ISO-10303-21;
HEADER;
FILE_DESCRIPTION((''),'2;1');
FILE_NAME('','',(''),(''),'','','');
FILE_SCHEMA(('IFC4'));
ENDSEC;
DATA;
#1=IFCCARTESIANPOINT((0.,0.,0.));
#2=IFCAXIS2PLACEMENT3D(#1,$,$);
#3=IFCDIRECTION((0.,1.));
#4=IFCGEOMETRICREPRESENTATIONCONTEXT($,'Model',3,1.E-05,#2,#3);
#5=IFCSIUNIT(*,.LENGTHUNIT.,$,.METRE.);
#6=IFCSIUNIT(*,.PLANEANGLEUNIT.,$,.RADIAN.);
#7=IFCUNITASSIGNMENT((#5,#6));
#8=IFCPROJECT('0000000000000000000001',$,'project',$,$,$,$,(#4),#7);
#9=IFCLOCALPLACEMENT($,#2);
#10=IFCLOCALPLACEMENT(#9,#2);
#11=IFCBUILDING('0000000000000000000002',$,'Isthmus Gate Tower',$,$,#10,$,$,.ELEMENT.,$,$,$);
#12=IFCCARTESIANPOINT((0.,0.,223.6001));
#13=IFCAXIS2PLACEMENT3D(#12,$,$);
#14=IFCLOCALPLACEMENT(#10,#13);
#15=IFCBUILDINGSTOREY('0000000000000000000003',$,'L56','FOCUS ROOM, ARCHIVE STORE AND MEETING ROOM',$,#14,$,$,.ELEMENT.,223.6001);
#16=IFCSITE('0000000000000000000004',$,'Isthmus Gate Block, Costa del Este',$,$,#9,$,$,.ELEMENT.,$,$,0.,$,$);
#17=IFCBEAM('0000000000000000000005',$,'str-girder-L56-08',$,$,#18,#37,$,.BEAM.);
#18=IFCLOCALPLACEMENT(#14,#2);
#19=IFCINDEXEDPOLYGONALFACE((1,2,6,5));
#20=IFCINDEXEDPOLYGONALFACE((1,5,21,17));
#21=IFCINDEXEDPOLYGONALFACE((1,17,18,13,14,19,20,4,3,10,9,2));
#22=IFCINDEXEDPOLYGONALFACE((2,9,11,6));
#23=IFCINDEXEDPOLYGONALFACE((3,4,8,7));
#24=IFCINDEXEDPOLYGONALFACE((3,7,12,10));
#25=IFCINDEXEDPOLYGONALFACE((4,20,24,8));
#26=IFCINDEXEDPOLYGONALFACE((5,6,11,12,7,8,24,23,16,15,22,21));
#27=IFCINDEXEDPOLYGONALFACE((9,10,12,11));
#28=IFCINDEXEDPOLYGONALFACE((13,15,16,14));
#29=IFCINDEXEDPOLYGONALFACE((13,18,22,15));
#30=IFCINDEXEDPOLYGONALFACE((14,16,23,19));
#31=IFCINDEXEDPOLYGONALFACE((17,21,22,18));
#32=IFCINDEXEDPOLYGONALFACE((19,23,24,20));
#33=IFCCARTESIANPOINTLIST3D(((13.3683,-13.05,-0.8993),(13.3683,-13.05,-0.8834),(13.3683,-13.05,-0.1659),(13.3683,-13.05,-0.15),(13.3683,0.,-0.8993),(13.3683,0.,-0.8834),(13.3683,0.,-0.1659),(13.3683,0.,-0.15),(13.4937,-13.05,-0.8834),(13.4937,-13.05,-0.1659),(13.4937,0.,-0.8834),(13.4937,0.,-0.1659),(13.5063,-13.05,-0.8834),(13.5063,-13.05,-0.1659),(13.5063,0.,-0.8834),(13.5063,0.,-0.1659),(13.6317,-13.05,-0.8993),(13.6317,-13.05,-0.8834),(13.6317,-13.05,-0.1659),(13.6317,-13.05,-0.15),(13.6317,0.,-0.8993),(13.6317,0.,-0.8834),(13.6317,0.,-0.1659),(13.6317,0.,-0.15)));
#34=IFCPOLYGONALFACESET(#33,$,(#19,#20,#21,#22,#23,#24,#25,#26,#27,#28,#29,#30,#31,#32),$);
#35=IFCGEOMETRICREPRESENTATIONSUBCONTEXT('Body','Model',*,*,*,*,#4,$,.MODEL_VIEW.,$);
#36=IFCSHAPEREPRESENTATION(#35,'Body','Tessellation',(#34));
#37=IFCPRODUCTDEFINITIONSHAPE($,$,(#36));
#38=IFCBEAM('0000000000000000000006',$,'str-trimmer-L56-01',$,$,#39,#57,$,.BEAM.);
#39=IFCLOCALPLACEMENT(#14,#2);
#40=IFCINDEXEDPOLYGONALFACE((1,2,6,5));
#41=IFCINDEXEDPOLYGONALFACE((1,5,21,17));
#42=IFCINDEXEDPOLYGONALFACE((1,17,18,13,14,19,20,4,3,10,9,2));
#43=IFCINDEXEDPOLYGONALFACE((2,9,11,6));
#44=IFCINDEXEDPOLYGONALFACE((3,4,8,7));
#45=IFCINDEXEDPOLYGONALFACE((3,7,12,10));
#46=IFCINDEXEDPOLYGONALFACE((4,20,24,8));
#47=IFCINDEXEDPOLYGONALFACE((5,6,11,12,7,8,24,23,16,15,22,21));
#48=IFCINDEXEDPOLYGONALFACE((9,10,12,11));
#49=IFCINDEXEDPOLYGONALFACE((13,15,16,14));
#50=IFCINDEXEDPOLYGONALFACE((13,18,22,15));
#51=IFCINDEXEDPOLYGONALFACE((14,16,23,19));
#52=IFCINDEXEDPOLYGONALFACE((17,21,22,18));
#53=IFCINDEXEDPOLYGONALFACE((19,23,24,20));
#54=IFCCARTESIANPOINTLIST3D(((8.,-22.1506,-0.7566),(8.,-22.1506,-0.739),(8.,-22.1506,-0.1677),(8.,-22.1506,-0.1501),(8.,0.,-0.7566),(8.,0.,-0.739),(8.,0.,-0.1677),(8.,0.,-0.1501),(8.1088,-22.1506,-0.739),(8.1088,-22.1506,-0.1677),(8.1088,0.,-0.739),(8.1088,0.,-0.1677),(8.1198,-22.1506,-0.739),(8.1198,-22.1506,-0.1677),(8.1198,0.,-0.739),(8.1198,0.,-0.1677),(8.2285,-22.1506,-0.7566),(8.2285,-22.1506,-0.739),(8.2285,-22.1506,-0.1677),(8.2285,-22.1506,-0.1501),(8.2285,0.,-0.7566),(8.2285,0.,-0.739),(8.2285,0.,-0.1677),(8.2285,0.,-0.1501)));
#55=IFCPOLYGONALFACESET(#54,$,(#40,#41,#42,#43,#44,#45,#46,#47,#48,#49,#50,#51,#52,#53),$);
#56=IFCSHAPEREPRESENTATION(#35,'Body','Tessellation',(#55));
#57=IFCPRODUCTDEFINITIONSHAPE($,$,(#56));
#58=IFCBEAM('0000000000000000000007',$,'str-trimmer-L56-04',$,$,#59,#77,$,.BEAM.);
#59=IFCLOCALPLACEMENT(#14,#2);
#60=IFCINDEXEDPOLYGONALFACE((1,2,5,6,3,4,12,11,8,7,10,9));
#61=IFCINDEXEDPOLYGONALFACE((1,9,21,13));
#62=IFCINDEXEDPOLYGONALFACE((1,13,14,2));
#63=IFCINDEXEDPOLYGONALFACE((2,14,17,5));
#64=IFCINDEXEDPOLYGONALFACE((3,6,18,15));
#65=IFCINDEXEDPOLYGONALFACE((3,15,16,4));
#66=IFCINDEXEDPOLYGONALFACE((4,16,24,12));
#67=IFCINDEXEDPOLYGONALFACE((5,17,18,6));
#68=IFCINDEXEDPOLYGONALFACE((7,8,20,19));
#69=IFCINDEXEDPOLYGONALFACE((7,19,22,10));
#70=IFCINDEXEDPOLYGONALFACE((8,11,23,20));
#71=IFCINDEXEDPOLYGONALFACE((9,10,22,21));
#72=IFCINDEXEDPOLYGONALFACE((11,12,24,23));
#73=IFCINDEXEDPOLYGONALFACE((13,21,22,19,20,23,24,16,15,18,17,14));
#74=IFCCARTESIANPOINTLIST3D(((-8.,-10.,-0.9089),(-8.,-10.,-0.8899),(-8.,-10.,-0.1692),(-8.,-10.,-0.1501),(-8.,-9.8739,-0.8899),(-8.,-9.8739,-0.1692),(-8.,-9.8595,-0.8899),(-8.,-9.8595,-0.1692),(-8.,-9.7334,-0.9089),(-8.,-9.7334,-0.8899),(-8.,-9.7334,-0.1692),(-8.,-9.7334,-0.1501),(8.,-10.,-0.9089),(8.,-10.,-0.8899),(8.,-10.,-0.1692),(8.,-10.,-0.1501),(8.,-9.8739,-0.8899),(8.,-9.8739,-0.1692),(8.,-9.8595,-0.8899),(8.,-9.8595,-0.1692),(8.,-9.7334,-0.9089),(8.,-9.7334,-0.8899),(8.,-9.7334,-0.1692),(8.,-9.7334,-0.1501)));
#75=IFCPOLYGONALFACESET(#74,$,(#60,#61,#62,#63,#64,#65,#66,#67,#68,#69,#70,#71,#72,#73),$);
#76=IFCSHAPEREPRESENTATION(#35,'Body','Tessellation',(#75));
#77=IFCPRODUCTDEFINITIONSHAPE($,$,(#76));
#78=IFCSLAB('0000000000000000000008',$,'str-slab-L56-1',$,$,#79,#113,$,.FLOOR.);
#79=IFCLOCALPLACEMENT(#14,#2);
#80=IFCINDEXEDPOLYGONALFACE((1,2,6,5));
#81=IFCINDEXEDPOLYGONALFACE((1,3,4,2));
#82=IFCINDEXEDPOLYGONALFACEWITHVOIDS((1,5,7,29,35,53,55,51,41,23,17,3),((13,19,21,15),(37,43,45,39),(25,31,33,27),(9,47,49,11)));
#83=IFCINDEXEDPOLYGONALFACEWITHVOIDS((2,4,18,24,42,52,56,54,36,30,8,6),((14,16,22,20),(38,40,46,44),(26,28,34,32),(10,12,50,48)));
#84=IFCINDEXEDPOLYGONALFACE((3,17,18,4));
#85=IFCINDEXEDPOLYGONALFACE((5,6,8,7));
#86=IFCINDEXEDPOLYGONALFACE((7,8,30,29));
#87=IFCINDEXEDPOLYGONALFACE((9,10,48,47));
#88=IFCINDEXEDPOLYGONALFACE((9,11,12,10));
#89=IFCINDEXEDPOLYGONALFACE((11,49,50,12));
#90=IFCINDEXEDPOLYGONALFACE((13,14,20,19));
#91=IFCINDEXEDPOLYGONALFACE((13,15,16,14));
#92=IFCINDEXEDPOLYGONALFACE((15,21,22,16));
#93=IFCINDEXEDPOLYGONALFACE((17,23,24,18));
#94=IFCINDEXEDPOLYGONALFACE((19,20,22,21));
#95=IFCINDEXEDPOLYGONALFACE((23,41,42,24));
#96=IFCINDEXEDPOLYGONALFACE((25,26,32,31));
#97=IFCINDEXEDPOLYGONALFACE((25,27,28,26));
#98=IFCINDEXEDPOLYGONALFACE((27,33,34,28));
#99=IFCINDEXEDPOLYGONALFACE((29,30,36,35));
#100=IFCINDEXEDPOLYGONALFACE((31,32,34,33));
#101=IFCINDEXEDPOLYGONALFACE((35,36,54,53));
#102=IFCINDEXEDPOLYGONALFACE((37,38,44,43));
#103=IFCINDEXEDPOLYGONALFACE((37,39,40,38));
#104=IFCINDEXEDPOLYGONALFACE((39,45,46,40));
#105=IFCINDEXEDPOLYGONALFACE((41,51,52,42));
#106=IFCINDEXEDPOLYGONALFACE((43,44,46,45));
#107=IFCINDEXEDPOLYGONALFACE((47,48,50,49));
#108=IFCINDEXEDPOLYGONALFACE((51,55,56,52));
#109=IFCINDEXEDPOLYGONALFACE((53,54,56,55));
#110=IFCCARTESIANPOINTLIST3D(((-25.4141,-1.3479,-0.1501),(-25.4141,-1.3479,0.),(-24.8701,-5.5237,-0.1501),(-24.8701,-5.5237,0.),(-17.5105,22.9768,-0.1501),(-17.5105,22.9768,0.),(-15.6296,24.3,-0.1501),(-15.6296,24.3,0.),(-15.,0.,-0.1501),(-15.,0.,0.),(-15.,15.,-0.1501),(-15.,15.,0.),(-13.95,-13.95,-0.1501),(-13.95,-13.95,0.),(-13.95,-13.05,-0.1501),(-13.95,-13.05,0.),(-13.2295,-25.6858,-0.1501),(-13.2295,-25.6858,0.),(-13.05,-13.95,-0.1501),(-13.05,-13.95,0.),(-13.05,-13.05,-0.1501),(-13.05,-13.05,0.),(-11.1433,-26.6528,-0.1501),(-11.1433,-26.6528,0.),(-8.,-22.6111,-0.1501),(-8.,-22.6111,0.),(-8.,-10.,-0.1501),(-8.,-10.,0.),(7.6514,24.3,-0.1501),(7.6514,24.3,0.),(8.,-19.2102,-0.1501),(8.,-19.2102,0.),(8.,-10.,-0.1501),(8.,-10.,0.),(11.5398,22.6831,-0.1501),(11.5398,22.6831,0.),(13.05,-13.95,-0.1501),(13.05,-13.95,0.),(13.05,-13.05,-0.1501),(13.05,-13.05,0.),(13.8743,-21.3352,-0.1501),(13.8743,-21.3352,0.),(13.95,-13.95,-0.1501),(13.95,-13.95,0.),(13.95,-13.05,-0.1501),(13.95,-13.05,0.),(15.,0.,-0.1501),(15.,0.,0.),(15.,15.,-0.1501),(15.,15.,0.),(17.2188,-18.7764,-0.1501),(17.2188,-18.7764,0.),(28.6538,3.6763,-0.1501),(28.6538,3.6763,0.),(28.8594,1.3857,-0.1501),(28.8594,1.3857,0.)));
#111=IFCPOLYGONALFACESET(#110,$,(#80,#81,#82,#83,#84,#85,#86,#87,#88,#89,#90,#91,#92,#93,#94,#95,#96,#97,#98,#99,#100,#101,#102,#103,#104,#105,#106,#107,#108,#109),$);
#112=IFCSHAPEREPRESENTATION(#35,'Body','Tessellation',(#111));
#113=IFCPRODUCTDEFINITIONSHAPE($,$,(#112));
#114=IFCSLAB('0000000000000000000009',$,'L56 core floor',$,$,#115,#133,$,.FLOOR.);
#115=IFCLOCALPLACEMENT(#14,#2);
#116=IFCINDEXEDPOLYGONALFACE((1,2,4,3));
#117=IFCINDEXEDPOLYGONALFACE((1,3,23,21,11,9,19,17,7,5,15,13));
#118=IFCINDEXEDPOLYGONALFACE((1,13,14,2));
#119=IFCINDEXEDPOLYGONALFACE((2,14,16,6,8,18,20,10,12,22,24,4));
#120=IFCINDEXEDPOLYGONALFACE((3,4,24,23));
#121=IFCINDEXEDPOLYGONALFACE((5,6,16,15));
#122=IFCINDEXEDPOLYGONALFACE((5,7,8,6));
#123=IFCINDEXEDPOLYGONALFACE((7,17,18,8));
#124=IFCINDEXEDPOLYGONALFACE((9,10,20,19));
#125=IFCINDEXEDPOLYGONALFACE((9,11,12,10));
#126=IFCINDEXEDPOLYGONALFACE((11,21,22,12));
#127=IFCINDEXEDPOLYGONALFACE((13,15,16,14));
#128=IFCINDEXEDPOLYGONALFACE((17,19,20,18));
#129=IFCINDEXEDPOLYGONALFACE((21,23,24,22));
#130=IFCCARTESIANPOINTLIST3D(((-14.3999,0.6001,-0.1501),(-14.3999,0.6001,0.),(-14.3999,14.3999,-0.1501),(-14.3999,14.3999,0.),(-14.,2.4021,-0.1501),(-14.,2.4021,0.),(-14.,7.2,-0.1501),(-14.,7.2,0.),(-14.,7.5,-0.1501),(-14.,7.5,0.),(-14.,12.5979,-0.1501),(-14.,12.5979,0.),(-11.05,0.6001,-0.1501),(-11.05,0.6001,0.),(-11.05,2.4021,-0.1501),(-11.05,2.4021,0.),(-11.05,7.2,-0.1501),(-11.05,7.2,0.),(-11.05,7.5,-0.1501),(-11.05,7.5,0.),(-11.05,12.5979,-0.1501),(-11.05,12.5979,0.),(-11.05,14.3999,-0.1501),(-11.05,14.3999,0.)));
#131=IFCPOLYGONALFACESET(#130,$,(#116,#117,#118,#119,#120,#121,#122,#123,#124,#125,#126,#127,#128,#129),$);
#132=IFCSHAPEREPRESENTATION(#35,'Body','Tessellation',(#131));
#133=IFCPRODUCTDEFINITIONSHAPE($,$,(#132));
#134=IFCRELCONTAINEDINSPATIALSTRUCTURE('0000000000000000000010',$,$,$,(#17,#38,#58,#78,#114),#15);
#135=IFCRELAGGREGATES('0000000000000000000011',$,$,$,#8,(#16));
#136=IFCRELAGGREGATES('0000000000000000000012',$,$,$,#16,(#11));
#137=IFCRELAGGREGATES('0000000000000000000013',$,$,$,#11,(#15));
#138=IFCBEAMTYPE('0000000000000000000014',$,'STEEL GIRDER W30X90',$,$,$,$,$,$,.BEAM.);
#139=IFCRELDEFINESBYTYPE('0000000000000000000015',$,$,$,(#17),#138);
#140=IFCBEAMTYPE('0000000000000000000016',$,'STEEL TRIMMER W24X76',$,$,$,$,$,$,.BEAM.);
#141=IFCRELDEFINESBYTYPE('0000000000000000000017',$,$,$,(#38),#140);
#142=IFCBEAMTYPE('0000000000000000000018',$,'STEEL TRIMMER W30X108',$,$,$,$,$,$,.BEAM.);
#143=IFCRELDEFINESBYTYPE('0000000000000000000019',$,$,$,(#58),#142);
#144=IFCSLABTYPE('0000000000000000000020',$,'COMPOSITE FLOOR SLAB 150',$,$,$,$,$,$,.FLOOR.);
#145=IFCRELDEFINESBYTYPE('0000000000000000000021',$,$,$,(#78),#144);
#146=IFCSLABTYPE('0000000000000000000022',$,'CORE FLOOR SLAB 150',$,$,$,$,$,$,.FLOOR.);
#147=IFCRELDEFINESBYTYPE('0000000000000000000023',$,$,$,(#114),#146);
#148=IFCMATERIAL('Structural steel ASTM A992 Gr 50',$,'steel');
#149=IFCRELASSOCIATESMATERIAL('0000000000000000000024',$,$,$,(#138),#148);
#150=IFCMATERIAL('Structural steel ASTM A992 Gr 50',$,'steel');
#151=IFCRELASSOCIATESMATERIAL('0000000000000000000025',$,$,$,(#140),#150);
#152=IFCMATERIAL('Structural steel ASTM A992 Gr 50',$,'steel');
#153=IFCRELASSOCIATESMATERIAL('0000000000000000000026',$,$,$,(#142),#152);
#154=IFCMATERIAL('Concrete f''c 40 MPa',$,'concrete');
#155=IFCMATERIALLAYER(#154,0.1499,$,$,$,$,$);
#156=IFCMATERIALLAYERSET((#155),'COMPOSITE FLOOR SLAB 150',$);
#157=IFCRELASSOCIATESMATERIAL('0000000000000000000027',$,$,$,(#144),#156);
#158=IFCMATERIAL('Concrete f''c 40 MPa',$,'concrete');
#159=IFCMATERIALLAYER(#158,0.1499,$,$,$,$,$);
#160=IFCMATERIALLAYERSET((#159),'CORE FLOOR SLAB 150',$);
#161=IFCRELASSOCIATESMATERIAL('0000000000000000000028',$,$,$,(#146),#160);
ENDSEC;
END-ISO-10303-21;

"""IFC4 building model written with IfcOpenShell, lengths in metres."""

from ifc_helpers import new_model, si_unit, direction, frame, origin, origin_2d, place, context, subcontext, project, spatial, polyline, i_section, outline, extrude, material, layer, layer_set, material_profile, profile_set, type_object, element, save


model = new_model("IFC4")

# Units and contexts
model_context = context("Model", 3, precision=1e-05, world=origin(), true_north=direction((0.0, 1.0)))
body_context = subcontext(model_context, "Body", "Model", "MODEL_VIEW")
ifc_project = project(units=[si_unit("LENGTHUNIT", "METRE"), si_unit("PLANEANGLEUNIT", "RADIAN")], contexts=[model_context])

# Site, building, storey
site_placement = place(None, origin())
site = spatial("IfcSite", under=ifc_project, at=site_placement, Name="Isthmus Gate Block, Costa del Este", CompositionType="ELEMENT", RefElevation=0.0)
building_placement = place(site_placement, origin())
building = spatial("IfcBuilding", under=site, at=building_placement, Name="Isthmus Gate Tower", CompositionType="ELEMENT")
storey_placement = place(building_placement, frame((0.0, 0.0, 223.6001)))
storey = spatial("IfcBuildingStorey", under=building, at=storey_placement, Name="L56", Description="FOCUS ROOM, ARCHIVE STORE AND MEETING ROOM", CompositionType="ELEMENT", Elevation=223.6001)

# Beams
ifc_material_1 = material(Name="Structural steel ASTM A992 Gr 50", Category="steel")
ifc_material_profile_1 = material_profile(ifc_material_1, i_section(OverallWidth=0.2634, OverallDepth=0.7493, WebThickness=0.0127, FlangeThickness=0.0159, at=origin_2d()), Name="W30X90")
ifc_profile_set_1 = profile_set([ifc_material_profile_1], Name="Structural steel ASTM A992 Gr 50")
beam_type_1 = type_object("IfcBeamType", Name="STEEL GIRDER W30X90", PredefinedType="BEAM", material=ifc_profile_set_1)
beam_1_placement = place(storey_placement, frame((13.5, -13.05, -0.5247), z_axis=(0.0, 1.0, 0.0), x_axis=(-1.0, 0.0, 0.0)))
element("IfcBeam", 1, at=beam_1_placement, inside=storey, type_object=beam_type_1, Name="str-girder-L56-08", PredefinedType="BEAM", context=body_context, shape_type="SweptSolid", body=[
    extrude(i_section(OverallWidth=0.2634, OverallDepth=0.7493, WebThickness=0.0127, FlangeThickness=0.0159, at=origin_2d()), origin(), (0.0, 0.0, 1.0), 13.05),
])
ifc_material_2 = material(Name="Structural steel ASTM A992 Gr 50", Category="steel")
ifc_material_profile_2 = material_profile(ifc_material_2, i_section(OverallWidth=0.2285, OverallDepth=0.6064, WebThickness=0.011, FlangeThickness=0.0176, at=origin_2d()), Name="W24X76")
ifc_profile_set_2 = profile_set([ifc_material_profile_2], Name="Structural steel ASTM A992 Gr 50")
beam_type_2 = type_object("IfcBeamType", Name="STEEL TRIMMER W24X76", PredefinedType="BEAM", material=ifc_profile_set_2)
beam_2_placement = place(storey_placement, frame((8.1143, -22.1506, -0.4534), z_axis=(0.0, 1.0, 0.0), x_axis=(-1.0, 0.0, 0.0)))
element("IfcBeam", 2, at=beam_2_placement, inside=storey, type_object=beam_type_2, Name="str-trimmer-L56-01", PredefinedType="BEAM", context=body_context, shape_type="SweptSolid", body=[
    extrude(i_section(OverallWidth=0.2285, OverallDepth=0.6064, WebThickness=0.011, FlangeThickness=0.0176, at=origin_2d()), origin(), (0.0, 0.0, 1.0), 22.1506),
])
ifc_material_3 = material(Name="Structural steel ASTM A992 Gr 50", Category="steel")
ifc_material_profile_3 = material_profile(ifc_material_3, i_section(OverallWidth=0.2666, OverallDepth=0.7588, WebThickness=0.0144, FlangeThickness=0.019, at=origin_2d()), Name="W30X108")
ifc_profile_set_3 = profile_set([ifc_material_profile_3], Name="Structural steel ASTM A992 Gr 50")
beam_type_3 = type_object("IfcBeamType", Name="STEEL TRIMMER W30X108", PredefinedType="BEAM", material=ifc_profile_set_3)
beam_3_placement = place(storey_placement, frame((8.0, -9.8667, -0.5295), z_axis=(-1.0, 0.0, 0.0), x_axis=(0.0, -1.0, 0.0)))
element("IfcBeam", 3, at=beam_3_placement, inside=storey, type_object=beam_type_3, Name="str-trimmer-L56-04", PredefinedType="BEAM", context=body_context, shape_type="SweptSolid", body=[
    extrude(i_section(OverallWidth=0.2666, OverallDepth=0.7588, WebThickness=0.0144, FlangeThickness=0.019, at=origin_2d()), origin(), (0.0, 0.0, 1.0), 16.0),
])

# Slabs
ifc_material_4 = material(Name="Concrete f'c 40 MPa", Category="concrete")
ifc_layer_1 = layer(ifc_material_4, 0.1499)
ifc_layer_set_1 = layer_set([ifc_layer_1], Name="COMPOSITE FLOOR SLAB 150")
slab_type_1 = type_object("IfcSlabType", Name="COMPOSITE FLOOR SLAB 150", PredefinedType="FLOOR", material=ifc_layer_set_1)
slab_1_placement = place(storey_placement, frame((0.0, 0.0, -0.1501)))
element("IfcSlab", 4, at=slab_1_placement, inside=storey, type_object=slab_type_1, Name="str-slab-L56-1", PredefinedType="FLOOR", context=body_context, shape_type="SweptSolid", body=[
    extrude(outline(polyline([(11.5398, 22.6831), (28.6538, 3.6763), (28.8594, 1.3857), (17.2188, -18.7764), (13.8743, -21.3352), (-11.1433, -26.6528), (-13.2295, -25.6858), (-24.8701, -5.5237), (-25.4141, -1.3479), (-17.5105, 22.9768), (-15.6296, 24.3), (7.6514, 24.3), (11.5398, 22.6831)]), holes=[polyline([(-8.0, -10.0), (-8.0, -22.6111), (8.0, -19.2102), (8.0, -10.0), (-8.0, -10.0)]), polyline([(-13.95, -13.05), (-13.95, -13.95), (-13.05, -13.95), (-13.05, -13.05), (-13.95, -13.05)]), polyline([(13.05, -13.05), (13.05, -13.95), (13.95, -13.95), (13.95, -13.05), (13.05, -13.05)]), polyline([(-15.0, 0.0), (15.0, 0.0), (15.0, 15.0), (-15.0, 15.0), (-15.0, 0.0)])]), origin(), (0.0, 0.0, 1.0), 0.1501),
])
ifc_material_5 = material(Name="Concrete f'c 40 MPa", Category="concrete")
ifc_layer_2 = layer(ifc_material_5, 0.1499)
ifc_layer_set_2 = layer_set([ifc_layer_2], Name="CORE FLOOR SLAB 150")
slab_type_2 = type_object("IfcSlabType", Name="CORE FLOOR SLAB 150", PredefinedType="FLOOR", material=ifc_layer_set_2)
slab_2_placement = place(storey_placement, frame((0.0, 0.0, -0.1501)))
element("IfcSlab", 5, at=slab_2_placement, inside=storey, type_object=slab_type_2, Name="L56 core floor", PredefinedType="FLOOR", context=body_context, shape_type="SweptSolid", body=[
    extrude(outline(polyline([(-11.05, 0.6001), (-11.05, 2.4021), (-14.0, 2.4021), (-14.0, 7.2), (-11.05, 7.2), (-11.05, 7.5), (-14.0, 7.5), (-14.0, 12.5979), (-11.05, 12.5979), (-11.05, 14.3999), (-14.3999, 14.3999), (-14.3999, 0.6001), (-11.05, 0.6001)])), origin(), (0.0, 0.0, 1.0), 0.1501),
])

save(model, "model.ifc")
